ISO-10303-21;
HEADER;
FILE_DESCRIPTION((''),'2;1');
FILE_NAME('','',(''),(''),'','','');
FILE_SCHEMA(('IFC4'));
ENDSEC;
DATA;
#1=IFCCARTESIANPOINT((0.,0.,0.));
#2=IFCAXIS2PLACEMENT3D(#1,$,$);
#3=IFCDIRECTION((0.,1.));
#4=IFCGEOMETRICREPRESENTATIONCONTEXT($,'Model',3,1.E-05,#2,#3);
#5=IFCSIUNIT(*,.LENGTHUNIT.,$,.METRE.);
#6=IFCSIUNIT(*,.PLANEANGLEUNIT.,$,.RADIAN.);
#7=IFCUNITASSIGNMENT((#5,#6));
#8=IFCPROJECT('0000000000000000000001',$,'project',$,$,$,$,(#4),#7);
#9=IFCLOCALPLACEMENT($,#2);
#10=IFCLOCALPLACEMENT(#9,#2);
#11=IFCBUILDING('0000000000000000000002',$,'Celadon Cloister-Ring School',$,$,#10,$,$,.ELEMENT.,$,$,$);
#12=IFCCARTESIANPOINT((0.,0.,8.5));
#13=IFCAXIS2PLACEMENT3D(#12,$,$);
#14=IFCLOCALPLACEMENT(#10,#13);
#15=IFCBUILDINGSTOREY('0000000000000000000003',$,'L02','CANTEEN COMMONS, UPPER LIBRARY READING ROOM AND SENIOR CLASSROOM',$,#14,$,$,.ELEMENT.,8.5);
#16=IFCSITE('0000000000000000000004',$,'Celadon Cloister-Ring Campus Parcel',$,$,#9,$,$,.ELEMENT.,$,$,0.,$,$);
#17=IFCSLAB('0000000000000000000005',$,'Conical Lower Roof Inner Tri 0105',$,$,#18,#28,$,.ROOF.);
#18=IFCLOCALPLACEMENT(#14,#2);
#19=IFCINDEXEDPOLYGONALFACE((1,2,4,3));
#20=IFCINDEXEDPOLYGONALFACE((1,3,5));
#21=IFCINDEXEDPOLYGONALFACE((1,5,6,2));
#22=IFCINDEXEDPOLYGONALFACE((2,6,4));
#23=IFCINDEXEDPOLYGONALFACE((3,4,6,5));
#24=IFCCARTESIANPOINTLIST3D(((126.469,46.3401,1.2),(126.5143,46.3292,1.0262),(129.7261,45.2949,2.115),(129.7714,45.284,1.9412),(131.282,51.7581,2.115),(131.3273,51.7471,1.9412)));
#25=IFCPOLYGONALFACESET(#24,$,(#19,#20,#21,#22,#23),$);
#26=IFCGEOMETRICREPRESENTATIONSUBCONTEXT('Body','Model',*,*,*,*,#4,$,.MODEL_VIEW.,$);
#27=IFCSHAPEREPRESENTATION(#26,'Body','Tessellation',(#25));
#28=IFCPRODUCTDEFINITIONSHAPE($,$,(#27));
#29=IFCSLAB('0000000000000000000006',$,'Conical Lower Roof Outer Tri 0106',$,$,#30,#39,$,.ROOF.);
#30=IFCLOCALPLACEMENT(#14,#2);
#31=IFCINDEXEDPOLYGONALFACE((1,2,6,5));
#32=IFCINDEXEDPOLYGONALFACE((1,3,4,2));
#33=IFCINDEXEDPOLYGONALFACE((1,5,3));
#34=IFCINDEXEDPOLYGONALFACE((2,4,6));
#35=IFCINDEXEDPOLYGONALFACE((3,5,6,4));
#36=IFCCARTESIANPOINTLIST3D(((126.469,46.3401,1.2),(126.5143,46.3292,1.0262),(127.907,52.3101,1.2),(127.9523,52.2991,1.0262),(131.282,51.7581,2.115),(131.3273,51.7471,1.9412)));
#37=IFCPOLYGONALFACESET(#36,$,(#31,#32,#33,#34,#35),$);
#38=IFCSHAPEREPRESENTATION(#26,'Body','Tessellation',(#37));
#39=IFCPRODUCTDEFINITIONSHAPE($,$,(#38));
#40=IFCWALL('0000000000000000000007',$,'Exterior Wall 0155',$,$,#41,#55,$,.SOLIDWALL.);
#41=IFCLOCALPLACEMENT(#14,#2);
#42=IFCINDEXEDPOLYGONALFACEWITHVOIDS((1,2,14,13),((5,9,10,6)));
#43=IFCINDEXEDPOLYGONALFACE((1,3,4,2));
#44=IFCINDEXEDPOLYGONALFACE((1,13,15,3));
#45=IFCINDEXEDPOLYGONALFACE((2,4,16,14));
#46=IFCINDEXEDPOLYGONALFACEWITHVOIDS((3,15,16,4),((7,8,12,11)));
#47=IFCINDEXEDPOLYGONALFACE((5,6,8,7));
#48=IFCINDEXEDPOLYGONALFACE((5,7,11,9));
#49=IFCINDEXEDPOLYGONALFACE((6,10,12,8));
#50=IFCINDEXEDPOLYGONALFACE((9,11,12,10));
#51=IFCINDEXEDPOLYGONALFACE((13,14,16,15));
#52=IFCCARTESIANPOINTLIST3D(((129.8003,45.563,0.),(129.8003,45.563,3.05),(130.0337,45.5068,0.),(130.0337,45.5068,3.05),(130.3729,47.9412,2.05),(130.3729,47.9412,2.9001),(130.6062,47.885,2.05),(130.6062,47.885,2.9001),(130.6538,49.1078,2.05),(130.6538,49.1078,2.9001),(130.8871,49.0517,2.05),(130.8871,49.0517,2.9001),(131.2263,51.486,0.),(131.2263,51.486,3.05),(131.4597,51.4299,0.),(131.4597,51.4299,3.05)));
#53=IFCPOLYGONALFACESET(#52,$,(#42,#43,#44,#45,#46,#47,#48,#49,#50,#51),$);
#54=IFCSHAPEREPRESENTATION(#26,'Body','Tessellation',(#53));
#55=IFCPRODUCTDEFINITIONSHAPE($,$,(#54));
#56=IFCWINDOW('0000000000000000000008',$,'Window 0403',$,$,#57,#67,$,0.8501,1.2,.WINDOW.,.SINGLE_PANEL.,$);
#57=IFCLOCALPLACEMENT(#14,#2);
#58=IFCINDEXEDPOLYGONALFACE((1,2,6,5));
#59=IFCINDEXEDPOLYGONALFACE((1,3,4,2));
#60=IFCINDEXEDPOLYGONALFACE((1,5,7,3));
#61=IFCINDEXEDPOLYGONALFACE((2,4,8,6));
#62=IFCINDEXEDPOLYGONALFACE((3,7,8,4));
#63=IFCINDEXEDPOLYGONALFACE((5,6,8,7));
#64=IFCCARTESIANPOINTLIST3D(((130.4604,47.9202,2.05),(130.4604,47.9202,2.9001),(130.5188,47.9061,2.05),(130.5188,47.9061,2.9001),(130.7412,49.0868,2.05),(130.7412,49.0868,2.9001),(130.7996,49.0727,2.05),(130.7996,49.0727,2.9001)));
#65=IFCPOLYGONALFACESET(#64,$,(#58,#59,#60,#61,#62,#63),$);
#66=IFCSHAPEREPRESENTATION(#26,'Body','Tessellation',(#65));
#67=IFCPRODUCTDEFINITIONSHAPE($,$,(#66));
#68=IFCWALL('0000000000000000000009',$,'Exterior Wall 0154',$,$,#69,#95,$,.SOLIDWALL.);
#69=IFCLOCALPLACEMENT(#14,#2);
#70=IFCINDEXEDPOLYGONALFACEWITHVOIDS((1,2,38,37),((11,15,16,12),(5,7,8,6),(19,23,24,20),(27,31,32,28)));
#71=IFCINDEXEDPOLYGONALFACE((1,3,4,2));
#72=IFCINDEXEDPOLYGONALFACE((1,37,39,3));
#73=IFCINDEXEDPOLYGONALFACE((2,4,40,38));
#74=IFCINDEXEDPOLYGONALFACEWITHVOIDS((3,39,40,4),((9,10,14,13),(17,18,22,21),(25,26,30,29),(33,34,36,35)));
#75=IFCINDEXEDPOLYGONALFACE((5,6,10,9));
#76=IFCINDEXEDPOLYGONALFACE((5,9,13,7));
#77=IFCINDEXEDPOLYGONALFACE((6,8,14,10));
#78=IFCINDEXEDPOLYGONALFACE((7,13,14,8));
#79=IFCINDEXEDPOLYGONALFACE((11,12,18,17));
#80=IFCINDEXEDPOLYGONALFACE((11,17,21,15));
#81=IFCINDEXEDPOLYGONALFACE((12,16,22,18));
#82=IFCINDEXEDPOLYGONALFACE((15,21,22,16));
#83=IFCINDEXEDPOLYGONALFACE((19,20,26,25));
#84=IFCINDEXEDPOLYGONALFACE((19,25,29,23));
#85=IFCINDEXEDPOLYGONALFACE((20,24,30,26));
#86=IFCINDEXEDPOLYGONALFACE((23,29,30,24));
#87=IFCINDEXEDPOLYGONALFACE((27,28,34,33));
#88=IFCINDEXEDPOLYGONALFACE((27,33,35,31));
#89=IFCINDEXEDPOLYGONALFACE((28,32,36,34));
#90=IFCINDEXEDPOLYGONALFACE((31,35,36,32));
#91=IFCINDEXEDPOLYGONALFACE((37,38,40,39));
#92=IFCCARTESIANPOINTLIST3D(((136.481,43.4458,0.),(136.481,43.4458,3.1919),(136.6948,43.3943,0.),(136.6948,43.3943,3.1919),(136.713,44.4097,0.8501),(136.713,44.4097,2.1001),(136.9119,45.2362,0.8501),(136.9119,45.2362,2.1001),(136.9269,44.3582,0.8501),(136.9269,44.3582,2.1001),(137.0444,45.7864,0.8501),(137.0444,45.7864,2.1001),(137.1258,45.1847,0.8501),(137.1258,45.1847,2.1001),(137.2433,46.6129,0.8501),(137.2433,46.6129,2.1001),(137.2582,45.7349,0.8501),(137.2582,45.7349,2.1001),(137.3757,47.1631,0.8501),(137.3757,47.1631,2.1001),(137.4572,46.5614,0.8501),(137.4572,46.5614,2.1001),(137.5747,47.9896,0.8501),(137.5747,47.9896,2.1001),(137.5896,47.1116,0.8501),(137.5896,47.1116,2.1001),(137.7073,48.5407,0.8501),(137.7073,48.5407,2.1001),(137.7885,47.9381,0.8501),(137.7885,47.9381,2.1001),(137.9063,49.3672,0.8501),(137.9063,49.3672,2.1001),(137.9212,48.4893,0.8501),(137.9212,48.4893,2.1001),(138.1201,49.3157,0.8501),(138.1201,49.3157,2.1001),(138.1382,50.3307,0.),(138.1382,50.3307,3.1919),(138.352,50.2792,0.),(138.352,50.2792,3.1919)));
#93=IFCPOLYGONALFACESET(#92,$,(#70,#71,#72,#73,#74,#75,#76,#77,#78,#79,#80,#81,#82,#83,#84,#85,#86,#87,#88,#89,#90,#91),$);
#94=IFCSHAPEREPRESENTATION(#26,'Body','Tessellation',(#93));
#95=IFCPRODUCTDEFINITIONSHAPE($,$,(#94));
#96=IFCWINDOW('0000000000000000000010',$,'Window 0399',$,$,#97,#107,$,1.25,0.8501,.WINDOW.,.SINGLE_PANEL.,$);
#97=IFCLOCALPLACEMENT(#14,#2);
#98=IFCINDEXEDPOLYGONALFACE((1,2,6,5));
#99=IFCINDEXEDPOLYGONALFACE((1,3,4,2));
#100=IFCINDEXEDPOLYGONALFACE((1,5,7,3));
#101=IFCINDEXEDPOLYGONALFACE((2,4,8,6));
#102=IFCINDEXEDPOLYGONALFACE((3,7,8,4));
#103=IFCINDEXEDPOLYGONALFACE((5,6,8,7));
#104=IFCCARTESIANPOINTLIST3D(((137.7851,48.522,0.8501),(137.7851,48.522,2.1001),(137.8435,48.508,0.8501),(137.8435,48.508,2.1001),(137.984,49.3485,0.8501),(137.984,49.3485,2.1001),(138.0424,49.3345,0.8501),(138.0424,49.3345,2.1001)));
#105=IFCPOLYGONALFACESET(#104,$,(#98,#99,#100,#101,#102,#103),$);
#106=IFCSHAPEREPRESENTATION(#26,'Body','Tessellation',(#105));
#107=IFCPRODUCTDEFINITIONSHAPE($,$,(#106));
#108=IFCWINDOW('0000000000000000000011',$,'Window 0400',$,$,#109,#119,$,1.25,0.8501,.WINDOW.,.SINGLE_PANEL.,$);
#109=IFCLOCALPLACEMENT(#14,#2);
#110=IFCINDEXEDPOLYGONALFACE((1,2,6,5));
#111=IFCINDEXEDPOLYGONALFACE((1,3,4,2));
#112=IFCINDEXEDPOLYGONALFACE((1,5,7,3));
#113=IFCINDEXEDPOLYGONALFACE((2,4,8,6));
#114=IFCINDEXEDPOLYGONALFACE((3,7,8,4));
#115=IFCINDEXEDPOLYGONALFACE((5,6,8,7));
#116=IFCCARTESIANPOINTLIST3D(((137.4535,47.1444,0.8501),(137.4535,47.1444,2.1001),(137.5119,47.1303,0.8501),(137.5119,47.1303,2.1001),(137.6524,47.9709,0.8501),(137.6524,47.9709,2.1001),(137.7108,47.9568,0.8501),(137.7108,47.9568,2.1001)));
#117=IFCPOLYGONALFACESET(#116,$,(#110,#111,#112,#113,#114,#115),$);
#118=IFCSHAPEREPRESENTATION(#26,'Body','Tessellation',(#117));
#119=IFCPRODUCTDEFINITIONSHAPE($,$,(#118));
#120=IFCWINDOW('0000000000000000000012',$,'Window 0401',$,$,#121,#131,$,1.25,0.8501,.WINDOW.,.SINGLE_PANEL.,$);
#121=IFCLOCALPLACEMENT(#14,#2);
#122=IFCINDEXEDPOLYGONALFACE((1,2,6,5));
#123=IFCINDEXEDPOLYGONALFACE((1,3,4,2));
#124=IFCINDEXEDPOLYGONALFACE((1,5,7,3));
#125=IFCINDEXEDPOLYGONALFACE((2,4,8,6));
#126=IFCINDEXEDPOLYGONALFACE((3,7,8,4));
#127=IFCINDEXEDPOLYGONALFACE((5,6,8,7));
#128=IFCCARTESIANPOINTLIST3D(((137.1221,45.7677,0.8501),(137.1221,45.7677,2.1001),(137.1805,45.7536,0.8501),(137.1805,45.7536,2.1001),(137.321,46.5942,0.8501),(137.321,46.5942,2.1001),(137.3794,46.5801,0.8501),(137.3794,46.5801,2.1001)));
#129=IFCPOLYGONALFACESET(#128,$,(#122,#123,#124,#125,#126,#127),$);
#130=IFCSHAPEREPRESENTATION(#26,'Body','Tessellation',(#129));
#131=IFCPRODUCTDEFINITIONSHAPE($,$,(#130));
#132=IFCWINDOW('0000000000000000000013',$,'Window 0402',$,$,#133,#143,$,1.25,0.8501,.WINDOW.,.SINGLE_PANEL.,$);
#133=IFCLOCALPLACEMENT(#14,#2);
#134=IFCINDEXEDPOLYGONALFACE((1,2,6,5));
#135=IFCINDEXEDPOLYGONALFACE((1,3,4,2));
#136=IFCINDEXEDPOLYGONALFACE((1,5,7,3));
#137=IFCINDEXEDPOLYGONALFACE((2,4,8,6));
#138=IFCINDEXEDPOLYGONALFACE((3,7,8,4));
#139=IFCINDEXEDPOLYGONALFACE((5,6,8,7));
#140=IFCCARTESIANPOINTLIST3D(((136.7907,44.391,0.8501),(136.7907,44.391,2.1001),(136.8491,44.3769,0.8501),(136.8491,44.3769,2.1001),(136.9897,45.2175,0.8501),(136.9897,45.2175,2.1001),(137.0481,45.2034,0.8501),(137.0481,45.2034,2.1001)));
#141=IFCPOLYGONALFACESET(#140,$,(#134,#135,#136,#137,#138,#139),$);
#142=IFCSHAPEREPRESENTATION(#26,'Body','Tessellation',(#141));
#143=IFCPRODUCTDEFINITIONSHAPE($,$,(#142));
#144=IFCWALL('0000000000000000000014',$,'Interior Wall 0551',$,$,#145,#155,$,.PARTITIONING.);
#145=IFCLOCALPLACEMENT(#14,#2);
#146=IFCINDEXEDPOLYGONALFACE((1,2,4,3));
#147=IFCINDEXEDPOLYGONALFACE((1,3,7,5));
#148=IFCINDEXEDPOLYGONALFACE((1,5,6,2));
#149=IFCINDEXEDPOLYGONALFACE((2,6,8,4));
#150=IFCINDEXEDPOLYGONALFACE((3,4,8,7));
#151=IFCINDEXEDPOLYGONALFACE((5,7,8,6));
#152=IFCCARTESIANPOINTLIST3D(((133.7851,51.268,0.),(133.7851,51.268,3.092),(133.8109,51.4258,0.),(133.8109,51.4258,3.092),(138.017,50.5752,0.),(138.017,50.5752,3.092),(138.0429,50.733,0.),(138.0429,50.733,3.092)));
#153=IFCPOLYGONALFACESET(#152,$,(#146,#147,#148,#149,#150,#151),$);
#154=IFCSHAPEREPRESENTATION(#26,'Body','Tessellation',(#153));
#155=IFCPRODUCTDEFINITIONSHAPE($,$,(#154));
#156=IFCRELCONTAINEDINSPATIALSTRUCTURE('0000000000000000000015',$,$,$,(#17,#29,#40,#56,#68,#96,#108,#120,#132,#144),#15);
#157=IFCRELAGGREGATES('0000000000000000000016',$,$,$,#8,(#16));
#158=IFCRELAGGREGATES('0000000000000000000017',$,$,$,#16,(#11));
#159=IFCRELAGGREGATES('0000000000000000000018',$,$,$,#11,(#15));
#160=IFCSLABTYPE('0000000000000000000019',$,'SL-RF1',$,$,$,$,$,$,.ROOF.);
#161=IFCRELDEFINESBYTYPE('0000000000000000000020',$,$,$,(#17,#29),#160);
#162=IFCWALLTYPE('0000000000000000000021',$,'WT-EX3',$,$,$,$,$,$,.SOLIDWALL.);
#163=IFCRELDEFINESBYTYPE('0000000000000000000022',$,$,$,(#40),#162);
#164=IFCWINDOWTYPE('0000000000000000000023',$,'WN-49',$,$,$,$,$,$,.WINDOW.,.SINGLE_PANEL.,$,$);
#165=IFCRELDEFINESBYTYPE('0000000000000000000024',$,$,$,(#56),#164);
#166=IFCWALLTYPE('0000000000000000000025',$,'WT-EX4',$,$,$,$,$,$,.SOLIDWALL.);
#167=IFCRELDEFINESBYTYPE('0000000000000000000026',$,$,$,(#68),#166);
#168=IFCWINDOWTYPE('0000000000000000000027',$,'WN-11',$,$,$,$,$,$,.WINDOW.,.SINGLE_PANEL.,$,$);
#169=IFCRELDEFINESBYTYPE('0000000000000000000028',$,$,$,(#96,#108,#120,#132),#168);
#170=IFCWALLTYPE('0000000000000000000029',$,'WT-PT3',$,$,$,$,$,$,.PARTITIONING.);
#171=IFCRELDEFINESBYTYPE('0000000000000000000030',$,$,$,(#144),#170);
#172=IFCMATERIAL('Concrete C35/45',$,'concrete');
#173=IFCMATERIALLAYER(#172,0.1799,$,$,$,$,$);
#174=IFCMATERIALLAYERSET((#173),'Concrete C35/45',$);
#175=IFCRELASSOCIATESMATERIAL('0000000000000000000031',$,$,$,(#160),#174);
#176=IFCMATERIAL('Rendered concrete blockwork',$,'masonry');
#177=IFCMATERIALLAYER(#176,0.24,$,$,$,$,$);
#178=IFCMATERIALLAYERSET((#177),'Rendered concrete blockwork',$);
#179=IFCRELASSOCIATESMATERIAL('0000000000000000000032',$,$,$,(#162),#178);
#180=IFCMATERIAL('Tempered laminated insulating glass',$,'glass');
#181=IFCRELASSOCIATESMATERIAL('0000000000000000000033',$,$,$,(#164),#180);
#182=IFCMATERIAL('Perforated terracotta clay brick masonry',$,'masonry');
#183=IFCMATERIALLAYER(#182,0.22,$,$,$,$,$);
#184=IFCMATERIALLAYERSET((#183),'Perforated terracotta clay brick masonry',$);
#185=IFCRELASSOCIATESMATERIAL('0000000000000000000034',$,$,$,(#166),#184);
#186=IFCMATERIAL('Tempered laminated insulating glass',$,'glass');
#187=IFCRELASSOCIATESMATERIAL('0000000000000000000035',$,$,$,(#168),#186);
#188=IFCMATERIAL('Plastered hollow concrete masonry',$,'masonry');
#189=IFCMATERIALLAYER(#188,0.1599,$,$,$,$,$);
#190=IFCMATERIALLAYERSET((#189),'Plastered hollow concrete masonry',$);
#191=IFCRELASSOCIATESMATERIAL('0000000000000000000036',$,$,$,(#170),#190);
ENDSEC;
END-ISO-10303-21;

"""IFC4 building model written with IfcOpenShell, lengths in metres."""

from ifc_helpers import new_model, si_unit, direction, frame, frame_2d, origin, place, context, subcontext, project, spatial, polyline, rectangle, outline, extrude, material, layer, layer_set, type_object, element, fill, save


model = new_model("IFC4")

# Units and contexts
model_context = context("Model", 3, precision=1e-05, world=origin(), true_north=direction((0.0, 1.0)))
body_context = subcontext(model_context, "Body", "Model", "MODEL_VIEW")
ifc_project = project(units=[si_unit("LENGTHUNIT", "METRE"), si_unit("PLANEANGLEUNIT", "RADIAN")], contexts=[model_context])

# Site, building, storey
site_placement = place(None, origin())
site = spatial("IfcSite", under=ifc_project, at=site_placement, Name="Celadon Cloister-Ring Campus Parcel", CompositionType="ELEMENT", RefElevation=0.0)
building_placement = place(site_placement, origin())
building = spatial("IfcBuilding", under=site, at=building_placement, Name="Celadon Cloister-Ring School", CompositionType="ELEMENT")
storey_placement = place(building_placement, frame((0.0, 0.0, 8.5)))
storey = spatial("IfcBuildingStorey", under=building, at=storey_placement, Name="L02", Description="CANTEEN COMMONS, UPPER LIBRARY READING ROOM AND SENIOR CLASSROOM", CompositionType="ELEMENT", Elevation=8.5)

# Slabs
ifc_material_1 = material(Name="Concrete C35/45", Category="concrete")
ifc_layer_1 = layer(ifc_material_1, 0.1799)
ifc_layer_set_1 = layer_set([ifc_layer_1], Name="Concrete C35/45")
slab_type = type_object("IfcSlabType", Name="SL-RF1", PredefinedType="ROOF", material=ifc_layer_set_1)
slab_1_placement = place(storey_placement, frame((126.469, 46.3401, 1.2), z_axis=(-0.251888, 0.060638, 0.965855), x_axis=(0.919835, -0.295166, 0.258417)))
element("IfcSlab", 1, at=slab_1_placement, inside=storey, type_object=slab_type, Name="Conical Lower Roof Inner Tri 0105", PredefinedType="ROOF", context=body_context, shape_type="SweptSolid", body=[
    extrude(outline(polyline([(0.0, 0.0), (3.5409, 0.0), (3.0644, 6.6307), (0.0, 0.0)])), origin(), (0.0, 0.0, -1.0), 0.1799),
])
slab_2_placement = place(storey_placement, frame((126.469, 46.3401, 1.2), z_axis=(-0.251936, 0.060684, 0.965839), x_axis=(0.658902, 0.741725, 0.12527)))
element("IfcSlab", 2, at=slab_2_placement, inside=storey, type_object=slab_type, Name="Conical Lower Roof Outer Tri 0106", PredefinedType="ROOF", context=body_context, shape_type="SweptSolid", body=[
    extrude(outline(polyline([(0.0, 0.0), (7.3046, 0.0), (5.3756, 2.9684), (0.0, 0.0)])), origin(), (0.0, 0.0, -1.0), 0.1799),
])

# Wall, opening, window
ifc_material_2 = material(Name="Rendered concrete blockwork", Category="masonry")
ifc_layer_2 = layer(ifc_material_2, 0.24)
ifc_layer_set_2 = layer_set([ifc_layer_2], Name="Rendered concrete blockwork")
wall_type_1 = type_object("IfcWallType", Name="WT-EX3", PredefinedType="SOLIDWALL", material=ifc_layer_set_2)
wall_1_placement = place(storey_placement, frame((129.917, 45.5349, 0.0), z_axis=(0.0, 0.0, 1.0), x_axis=(0.234069, 0.97222, 0.0)))
wall_1 = element("IfcWall", 3, at=wall_1_placement, inside=storey, type_object=wall_type_1, Name="Exterior Wall 0155", PredefinedType="SOLIDWALL", context=body_context, shape_type="SweptSolid", body=[
    extrude(rectangle(XDim=6.0923, YDim=0.24, at=frame_2d((3.0461, 0.0))), origin(), (0.0, 0.0, 1.0), 3.05),
])
opening_1_placement = place(wall_1_placement, frame((2.446, 0.0, 2.05)))
opening_1 = element("IfcOpeningElement", 4, at=opening_1_placement, cuts=wall_1, PredefinedType="OPENING", context=body_context, shape_type="SweptSolid", body=[
    extrude(rectangle(XDim=1.2, YDim=0.8501, at=frame_2d((0.6001, 0.425))), frame((0.0, 0.1299, 0.0), z_axis=(0.0, -1.0, 0.0), x_axis=(1.0, 0.0, 0.0)), (0.0, 0.0, 1.0), 0.26),
])
ifc_material_3 = material(Name="Tempered laminated insulating glass", Category="glass")
window_type_1 = type_object("IfcWindowType", Name="WN-49", PartitioningType="SINGLE_PANEL", PredefinedType="WINDOW", material=ifc_material_3)
window_1_placement = place(opening_1_placement, origin())
window_1 = element("IfcWindow", 5, at=window_1_placement, inside=storey, type_object=window_type_1, Name="Window 0403", OverallHeight=0.8501, OverallWidth=1.2, PartitioningType="SINGLE_PANEL", PredefinedType="WINDOW", context=body_context, shape_type="SweptSolid", body=[
    extrude(rectangle(XDim=1.2, YDim=0.8501, at=frame_2d((0.6001, 0.425))), frame((0.0, 0.03, 0.0), z_axis=(0.0, -1.0, 0.0), x_axis=(1.0, 0.0, 0.0)), (0.0, 0.0, 1.0), 0.0601),
])
fill(opening_1, window_1)

# Wall, openings, windows
ifc_material_4 = material(Name="Perforated terracotta clay brick masonry", Category="masonry")
ifc_layer_3 = layer(ifc_material_4, 0.22)
ifc_layer_set_3 = layer_set([ifc_layer_3], Name="Perforated terracotta clay brick masonry")
wall_type_2 = type_object("IfcWallType", Name="WT-EX4", PredefinedType="SOLIDWALL", material=ifc_layer_set_3)
wall_2_placement = place(storey_placement, frame((138.2451, 50.3049, 0.0), z_axis=(0.0, 0.0, 1.0), x_axis=(-0.234017, -0.972232, 0.0)))
wall_2 = element("IfcWall", 6, at=wall_2_placement, inside=storey, type_object=wall_type_2, Name="Exterior Wall 0154", PredefinedType="SOLIDWALL", context=body_context, shape_type="SweptSolid", body=[
    extrude(rectangle(XDim=7.0815, YDim=0.22, at=frame_2d((3.5408, 0.0))), origin(), (0.0, 0.0, 1.0), 3.1919),
])
opening_2_placement = place(wall_2_placement, frame((0.991, 0.0, 0.8501)))
opening_2 = element("IfcOpeningElement", 7, at=opening_2_placement, cuts=wall_2, PredefinedType="OPENING", context=body_context, shape_type="SweptSolid", body=[
    extrude(rectangle(XDim=0.8501, YDim=1.25, at=frame_2d((0.425, 0.625))), frame((0.0, 0.1201, 0.0), z_axis=(0.0, -1.0, 0.0), x_axis=(1.0, 0.0, 0.0)), (0.0, 0.0, 1.0), 0.24),
])
opening_3_placement = place(wall_2_placement, frame((2.408, 0.0, 0.8501)))
opening_3 = element("IfcOpeningElement", 8, at=opening_3_placement, cuts=wall_2, PredefinedType="OPENING", context=body_context, shape_type="SweptSolid", body=[
    extrude(rectangle(XDim=0.8501, YDim=1.25, at=frame_2d((0.425, 0.625))), frame((0.0, 0.1201, 0.0), z_axis=(0.0, -1.0, 0.0), x_axis=(1.0, 0.0, 0.0)), (0.0, 0.0, 1.0), 0.24),
])
opening_4_placement = place(wall_2_placement, frame((3.824, 0.0, 0.8501)))
opening_4 = element("IfcOpeningElement", 9, at=opening_4_placement, cuts=wall_2, PredefinedType="OPENING", context=body_context, shape_type="SweptSolid", body=[
    extrude(rectangle(XDim=0.8501, YDim=1.25, at=frame_2d((0.425, 0.625))), frame((0.0, 0.1201, 0.0), z_axis=(0.0, -1.0, 0.0), x_axis=(1.0, 0.0, 0.0)), (0.0, 0.0, 1.0), 0.24),
])
opening_5_placement = place(wall_2_placement, frame((5.24, 0.0, 0.8501)))
opening_5 = element("IfcOpeningElement", 10, at=opening_5_placement, cuts=wall_2, PredefinedType="OPENING", context=body_context, shape_type="SweptSolid", body=[
    extrude(rectangle(XDim=0.8501, YDim=1.25, at=frame_2d((0.425, 0.625))), frame((0.0, 0.1201, 0.0), z_axis=(0.0, -1.0, 0.0), x_axis=(1.0, 0.0, 0.0)), (0.0, 0.0, 1.0), 0.24),
])
ifc_material_5 = material(Name="Tempered laminated insulating glass", Category="glass")
window_type_2 = type_object("IfcWindowType", Name="WN-11", PartitioningType="SINGLE_PANEL", PredefinedType="WINDOW", material=ifc_material_5)
window_2_placement = place(opening_2_placement, origin())
window_2 = element("IfcWindow", 11, at=window_2_placement, inside=storey, type_object=window_type_2, Name="Window 0399", OverallHeight=1.25, OverallWidth=0.8501, PartitioningType="SINGLE_PANEL", PredefinedType="WINDOW", context=body_context, shape_type="SweptSolid", body=[
    extrude(rectangle(XDim=0.8501, YDim=1.25, at=frame_2d((0.425, 0.625))), frame((0.0, 0.03, 0.0), z_axis=(0.0, -1.0, 0.0), x_axis=(1.0, 0.0, 0.0)), (0.0, 0.0, 1.0), 0.0601),
])
fill(opening_2, window_2)
window_3_placement = place(opening_3_placement, origin())
window_3 = element("IfcWindow", 12, at=window_3_placement, inside=storey, type_object=window_type_2, Name="Window 0400", OverallHeight=1.25, OverallWidth=0.8501, PartitioningType="SINGLE_PANEL", PredefinedType="WINDOW", context=body_context, shape_type="SweptSolid", body=[
    extrude(rectangle(XDim=0.8501, YDim=1.25, at=frame_2d((0.425, 0.625))), frame((0.0, 0.03, 0.0), z_axis=(0.0, -1.0, 0.0), x_axis=(1.0, 0.0, 0.0)), (0.0, 0.0, 1.0), 0.0601),
])
fill(opening_3, window_3)
window_4_placement = place(opening_4_placement, origin())
window_4 = element("IfcWindow", 13, at=window_4_placement, inside=storey, type_object=window_type_2, Name="Window 0401", OverallHeight=1.25, OverallWidth=0.8501, PartitioningType="SINGLE_PANEL", PredefinedType="WINDOW", context=body_context, shape_type="SweptSolid", body=[
    extrude(rectangle(XDim=0.8501, YDim=1.25, at=frame_2d((0.425, 0.625))), frame((0.0, 0.03, 0.0), z_axis=(0.0, -1.0, 0.0), x_axis=(1.0, 0.0, 0.0)), (0.0, 0.0, 1.0), 0.0601),
])
fill(opening_4, window_4)
window_5_placement = place(opening_5_placement, origin())
window_5 = element("IfcWindow", 14, at=window_5_placement, inside=storey, type_object=window_type_2, Name="Window 0402", OverallHeight=1.25, OverallWidth=0.8501, PartitioningType="SINGLE_PANEL", PredefinedType="WINDOW", context=body_context, shape_type="SweptSolid", body=[
    extrude(rectangle(XDim=0.8501, YDim=1.25, at=frame_2d((0.425, 0.625))), frame((0.0, 0.03, 0.0), z_axis=(0.0, -1.0, 0.0), x_axis=(1.0, 0.0, 0.0)), (0.0, 0.0, 1.0), 0.0601),
])
fill(opening_5, window_5)

# Wall
ifc_material_6 = material(Name="Plastered hollow concrete masonry", Category="masonry")
ifc_layer_4 = layer(ifc_material_6, 0.1599)
ifc_layer_set_4 = layer_set([ifc_layer_4], Name="Plastered hollow concrete masonry")
wall_type_3 = type_object("IfcWallType", Name="WT-PT3", PredefinedType="PARTITIONING", material=ifc_layer_set_4)
wall_3_placement = place(storey_placement, frame((133.7981, 51.3469, 0.0), z_axis=(0.0, 0.0, 1.0), x_axis=(0.986861, -0.161573, 0.0)))
element("IfcWall", 15, at=wall_3_placement, inside=storey, type_object=wall_type_3, Name="Interior Wall 0551", PredefinedType="PARTITIONING", context=body_context, shape_type="SweptSolid", body=[
    extrude(rectangle(XDim=4.2883, YDim=0.1599, at=frame_2d((2.144, 0.0))), origin(), (0.0, 0.0, 1.0), 3.092),
])

save(model, "model.ifc")
